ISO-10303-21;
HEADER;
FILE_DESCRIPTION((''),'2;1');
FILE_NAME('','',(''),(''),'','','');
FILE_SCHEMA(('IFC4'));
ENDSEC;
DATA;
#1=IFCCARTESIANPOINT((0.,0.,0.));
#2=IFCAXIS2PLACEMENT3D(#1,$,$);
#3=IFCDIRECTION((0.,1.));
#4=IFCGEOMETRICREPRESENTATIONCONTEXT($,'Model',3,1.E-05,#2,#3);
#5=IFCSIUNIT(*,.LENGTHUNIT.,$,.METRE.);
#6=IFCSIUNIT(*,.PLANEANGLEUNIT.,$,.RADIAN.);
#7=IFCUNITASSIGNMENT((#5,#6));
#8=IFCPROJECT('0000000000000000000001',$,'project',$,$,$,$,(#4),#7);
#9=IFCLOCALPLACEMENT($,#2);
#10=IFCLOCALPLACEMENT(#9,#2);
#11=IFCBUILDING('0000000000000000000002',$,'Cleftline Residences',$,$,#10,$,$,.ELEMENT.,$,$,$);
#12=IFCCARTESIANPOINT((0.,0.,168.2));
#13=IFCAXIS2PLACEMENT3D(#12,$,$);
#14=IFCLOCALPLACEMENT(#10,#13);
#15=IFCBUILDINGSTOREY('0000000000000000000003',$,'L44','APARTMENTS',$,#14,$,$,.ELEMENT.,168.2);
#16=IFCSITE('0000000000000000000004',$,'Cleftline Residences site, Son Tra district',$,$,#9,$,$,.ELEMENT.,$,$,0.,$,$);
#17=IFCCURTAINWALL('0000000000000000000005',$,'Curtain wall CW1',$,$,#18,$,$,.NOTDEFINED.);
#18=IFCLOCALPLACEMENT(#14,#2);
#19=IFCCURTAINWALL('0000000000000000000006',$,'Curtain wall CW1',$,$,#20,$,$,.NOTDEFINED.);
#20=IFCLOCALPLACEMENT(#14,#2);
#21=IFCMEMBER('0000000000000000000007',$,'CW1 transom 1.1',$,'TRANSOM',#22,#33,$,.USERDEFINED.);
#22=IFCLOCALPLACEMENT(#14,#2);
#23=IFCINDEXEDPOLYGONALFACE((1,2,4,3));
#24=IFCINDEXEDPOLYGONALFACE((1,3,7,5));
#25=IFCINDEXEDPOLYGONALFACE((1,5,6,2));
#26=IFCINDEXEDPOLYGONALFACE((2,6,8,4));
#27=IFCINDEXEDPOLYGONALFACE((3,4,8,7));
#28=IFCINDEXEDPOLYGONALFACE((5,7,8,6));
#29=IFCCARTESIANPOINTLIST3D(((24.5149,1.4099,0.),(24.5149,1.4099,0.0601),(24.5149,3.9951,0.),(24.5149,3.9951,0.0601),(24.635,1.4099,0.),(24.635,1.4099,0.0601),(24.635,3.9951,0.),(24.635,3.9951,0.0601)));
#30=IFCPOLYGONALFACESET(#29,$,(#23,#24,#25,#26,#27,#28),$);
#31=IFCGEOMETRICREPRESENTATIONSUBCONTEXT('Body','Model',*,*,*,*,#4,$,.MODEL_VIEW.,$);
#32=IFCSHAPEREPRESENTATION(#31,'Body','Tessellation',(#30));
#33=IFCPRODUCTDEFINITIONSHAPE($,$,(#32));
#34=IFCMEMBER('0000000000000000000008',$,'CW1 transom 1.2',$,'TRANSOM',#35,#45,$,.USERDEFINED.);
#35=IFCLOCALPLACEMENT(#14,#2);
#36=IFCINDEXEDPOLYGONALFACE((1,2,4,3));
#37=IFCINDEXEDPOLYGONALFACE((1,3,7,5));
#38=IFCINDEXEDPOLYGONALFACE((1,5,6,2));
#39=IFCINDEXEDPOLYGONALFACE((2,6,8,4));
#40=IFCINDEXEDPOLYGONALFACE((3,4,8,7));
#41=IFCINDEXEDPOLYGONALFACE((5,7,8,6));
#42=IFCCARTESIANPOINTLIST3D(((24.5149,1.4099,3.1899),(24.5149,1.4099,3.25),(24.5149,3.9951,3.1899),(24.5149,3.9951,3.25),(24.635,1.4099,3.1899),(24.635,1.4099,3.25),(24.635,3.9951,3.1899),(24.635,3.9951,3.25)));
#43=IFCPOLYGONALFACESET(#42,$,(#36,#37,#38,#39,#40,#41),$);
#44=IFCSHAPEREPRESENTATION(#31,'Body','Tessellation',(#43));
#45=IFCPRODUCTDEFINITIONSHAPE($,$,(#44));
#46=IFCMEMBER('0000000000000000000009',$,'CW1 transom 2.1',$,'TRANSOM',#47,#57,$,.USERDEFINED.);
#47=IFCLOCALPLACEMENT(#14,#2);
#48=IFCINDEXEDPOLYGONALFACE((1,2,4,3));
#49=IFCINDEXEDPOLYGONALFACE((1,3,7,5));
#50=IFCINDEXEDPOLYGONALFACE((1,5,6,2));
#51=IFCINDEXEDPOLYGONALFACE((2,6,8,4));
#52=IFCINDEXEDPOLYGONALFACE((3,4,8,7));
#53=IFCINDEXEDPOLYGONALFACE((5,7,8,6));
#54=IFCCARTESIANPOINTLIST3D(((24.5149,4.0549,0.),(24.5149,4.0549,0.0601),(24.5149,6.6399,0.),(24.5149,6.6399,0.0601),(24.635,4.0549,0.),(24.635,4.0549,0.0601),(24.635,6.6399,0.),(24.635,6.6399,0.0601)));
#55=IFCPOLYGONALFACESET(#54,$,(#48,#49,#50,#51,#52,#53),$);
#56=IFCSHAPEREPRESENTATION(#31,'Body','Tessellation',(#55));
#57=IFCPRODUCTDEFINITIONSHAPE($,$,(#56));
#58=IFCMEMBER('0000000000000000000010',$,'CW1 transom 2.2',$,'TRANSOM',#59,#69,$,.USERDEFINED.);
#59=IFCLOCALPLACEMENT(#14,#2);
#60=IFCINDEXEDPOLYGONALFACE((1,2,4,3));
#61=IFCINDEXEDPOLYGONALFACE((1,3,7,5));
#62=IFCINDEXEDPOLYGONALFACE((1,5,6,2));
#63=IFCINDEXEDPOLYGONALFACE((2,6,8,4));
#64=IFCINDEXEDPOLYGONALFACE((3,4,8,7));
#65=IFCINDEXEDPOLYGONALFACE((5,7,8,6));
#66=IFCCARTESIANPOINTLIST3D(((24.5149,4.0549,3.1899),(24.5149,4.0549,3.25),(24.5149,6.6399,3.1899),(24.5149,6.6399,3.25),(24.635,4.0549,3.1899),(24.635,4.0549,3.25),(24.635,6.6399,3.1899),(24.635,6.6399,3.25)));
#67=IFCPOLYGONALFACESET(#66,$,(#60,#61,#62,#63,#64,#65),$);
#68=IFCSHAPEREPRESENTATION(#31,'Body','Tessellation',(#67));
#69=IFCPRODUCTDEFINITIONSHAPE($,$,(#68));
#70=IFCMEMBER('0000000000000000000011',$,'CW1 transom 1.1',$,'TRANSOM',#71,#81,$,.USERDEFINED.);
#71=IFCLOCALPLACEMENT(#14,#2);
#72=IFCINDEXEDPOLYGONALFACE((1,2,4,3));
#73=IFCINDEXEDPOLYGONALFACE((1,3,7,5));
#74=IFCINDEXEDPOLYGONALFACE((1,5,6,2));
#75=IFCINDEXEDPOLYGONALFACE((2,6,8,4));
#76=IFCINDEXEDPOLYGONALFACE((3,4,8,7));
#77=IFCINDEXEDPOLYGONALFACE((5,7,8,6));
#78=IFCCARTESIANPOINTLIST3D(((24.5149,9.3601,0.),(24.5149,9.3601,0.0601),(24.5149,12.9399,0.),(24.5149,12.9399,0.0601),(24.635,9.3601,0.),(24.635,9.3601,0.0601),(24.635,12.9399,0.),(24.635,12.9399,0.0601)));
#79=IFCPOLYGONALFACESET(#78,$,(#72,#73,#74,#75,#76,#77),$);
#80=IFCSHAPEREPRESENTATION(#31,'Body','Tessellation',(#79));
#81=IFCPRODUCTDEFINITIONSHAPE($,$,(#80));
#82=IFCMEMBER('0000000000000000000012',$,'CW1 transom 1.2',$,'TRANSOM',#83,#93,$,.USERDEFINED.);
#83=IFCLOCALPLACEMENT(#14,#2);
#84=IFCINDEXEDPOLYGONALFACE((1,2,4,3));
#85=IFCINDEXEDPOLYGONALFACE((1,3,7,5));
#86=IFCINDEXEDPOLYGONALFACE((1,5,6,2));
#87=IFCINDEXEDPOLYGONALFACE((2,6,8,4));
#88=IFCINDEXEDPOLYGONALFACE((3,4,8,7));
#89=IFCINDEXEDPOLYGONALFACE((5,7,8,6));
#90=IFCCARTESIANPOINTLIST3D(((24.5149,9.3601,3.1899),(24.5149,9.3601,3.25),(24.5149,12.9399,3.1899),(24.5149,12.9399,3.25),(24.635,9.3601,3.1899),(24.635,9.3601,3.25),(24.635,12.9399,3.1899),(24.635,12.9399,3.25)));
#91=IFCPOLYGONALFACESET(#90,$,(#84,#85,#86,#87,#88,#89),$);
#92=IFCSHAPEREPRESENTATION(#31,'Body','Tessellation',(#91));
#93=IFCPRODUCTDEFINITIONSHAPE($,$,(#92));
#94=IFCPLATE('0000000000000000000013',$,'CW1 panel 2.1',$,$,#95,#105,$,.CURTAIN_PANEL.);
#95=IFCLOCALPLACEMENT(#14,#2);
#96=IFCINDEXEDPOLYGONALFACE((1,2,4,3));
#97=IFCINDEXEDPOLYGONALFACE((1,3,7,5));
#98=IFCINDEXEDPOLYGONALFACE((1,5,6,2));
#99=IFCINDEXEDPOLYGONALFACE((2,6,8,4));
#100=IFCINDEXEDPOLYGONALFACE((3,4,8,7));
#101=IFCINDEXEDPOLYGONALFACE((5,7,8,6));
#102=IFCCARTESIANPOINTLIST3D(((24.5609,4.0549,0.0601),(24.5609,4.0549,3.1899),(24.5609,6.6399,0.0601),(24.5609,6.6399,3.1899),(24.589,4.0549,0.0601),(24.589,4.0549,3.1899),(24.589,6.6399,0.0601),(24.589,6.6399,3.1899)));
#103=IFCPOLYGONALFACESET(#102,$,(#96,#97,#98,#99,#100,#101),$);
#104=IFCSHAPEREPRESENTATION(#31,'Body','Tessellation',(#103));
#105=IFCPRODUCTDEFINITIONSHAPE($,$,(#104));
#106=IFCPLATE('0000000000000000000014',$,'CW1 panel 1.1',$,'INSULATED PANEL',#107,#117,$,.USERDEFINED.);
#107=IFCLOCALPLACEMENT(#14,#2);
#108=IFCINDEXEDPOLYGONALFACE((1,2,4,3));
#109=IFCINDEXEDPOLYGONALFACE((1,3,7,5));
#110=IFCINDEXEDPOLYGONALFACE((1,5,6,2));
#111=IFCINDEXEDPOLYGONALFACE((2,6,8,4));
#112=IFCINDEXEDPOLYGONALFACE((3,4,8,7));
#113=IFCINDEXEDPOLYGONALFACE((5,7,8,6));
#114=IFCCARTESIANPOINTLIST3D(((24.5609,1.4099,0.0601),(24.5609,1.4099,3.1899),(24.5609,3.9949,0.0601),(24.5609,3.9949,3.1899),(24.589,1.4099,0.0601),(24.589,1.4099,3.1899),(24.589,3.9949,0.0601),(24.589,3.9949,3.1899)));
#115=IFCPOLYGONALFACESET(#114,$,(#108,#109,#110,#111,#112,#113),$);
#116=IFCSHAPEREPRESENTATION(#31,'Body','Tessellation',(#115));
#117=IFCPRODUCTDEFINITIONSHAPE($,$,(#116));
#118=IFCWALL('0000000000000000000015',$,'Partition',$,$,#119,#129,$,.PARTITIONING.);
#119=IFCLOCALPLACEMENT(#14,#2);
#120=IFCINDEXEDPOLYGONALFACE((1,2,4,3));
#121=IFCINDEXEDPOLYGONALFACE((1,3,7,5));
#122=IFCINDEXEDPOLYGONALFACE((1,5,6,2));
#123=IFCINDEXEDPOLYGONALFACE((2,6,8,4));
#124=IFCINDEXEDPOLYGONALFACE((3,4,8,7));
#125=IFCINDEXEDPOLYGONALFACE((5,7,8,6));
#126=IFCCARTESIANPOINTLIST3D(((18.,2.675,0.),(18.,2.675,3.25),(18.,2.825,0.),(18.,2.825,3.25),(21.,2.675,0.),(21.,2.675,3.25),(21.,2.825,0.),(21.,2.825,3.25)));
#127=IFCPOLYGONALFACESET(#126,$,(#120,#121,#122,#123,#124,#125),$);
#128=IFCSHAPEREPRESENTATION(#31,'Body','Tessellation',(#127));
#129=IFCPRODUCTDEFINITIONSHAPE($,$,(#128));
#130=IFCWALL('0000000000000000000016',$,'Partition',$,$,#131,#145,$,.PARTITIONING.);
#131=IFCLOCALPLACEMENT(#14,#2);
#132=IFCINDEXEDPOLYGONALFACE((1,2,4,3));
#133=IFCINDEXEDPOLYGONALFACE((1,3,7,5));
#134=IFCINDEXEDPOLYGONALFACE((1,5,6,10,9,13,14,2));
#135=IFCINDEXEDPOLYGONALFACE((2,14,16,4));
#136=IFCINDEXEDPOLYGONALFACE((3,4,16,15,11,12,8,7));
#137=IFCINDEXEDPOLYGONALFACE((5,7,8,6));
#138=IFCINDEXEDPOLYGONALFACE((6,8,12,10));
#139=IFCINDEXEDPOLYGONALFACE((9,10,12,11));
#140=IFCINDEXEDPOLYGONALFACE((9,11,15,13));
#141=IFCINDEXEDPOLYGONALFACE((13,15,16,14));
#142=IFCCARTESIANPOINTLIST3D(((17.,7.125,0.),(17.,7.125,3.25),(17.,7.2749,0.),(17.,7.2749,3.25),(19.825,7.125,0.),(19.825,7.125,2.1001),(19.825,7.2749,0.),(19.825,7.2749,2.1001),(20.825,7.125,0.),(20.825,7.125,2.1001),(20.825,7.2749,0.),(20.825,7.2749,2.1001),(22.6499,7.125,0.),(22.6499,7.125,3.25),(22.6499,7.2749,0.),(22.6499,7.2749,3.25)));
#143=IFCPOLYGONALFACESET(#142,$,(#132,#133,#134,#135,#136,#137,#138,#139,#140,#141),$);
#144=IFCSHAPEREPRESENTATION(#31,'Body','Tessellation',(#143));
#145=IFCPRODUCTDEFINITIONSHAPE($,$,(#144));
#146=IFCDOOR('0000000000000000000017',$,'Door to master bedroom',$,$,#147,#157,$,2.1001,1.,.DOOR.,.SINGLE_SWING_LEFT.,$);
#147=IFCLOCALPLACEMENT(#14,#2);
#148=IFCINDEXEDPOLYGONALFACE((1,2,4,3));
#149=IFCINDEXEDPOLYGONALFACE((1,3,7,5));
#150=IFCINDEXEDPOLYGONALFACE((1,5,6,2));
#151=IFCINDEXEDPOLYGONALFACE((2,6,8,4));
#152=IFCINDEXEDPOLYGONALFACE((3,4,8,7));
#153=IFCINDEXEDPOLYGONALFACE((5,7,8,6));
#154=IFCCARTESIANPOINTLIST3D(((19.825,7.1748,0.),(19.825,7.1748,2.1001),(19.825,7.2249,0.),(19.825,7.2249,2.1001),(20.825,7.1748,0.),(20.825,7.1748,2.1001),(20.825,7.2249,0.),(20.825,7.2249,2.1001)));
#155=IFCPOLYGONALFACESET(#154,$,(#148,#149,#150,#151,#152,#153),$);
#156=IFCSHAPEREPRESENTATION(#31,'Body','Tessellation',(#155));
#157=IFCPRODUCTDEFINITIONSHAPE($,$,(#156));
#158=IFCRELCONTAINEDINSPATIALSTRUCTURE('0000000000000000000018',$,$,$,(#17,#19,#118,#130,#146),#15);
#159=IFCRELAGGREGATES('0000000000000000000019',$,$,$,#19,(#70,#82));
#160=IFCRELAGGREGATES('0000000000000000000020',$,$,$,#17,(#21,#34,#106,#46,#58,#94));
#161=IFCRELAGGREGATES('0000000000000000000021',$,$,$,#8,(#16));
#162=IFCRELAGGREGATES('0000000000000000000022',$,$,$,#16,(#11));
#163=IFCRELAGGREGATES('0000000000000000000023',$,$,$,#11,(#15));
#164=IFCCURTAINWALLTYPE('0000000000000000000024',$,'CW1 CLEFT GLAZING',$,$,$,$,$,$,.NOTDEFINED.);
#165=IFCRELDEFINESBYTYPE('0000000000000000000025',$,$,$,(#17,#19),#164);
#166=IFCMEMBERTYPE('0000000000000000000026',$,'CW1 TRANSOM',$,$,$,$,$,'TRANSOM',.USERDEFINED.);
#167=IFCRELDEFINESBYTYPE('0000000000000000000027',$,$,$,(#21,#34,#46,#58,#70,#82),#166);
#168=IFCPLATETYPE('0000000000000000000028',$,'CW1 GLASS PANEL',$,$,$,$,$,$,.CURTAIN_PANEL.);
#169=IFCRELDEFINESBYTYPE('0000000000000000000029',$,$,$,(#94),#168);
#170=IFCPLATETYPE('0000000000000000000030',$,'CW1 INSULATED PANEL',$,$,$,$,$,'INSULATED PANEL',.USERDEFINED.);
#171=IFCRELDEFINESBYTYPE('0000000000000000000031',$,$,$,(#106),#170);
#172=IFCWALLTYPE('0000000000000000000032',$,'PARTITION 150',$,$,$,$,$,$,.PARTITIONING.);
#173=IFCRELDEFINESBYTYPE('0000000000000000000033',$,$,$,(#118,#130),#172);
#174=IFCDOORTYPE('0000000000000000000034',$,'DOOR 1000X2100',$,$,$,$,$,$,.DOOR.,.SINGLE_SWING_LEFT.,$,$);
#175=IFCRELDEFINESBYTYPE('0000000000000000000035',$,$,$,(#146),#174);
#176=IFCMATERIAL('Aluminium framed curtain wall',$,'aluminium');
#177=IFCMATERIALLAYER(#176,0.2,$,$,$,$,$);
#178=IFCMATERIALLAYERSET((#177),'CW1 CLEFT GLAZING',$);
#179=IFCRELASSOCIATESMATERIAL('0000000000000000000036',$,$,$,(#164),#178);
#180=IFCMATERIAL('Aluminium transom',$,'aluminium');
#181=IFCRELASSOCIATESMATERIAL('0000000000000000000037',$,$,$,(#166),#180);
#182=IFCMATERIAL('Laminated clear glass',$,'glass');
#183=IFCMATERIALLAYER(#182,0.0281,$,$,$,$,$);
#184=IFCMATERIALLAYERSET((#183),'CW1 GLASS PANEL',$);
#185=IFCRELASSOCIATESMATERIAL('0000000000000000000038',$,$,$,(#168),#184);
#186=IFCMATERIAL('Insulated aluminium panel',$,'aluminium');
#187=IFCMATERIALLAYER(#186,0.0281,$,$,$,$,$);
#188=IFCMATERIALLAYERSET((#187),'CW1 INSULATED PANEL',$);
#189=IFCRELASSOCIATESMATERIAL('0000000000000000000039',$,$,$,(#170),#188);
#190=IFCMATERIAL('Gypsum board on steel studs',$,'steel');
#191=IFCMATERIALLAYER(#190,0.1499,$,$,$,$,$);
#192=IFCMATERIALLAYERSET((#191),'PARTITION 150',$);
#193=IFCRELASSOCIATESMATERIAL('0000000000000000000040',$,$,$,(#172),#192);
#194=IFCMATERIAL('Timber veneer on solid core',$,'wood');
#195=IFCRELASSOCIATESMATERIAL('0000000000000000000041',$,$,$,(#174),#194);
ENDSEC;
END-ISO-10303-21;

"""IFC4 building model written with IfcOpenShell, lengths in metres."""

from ifc_helpers import new_model, si_unit, direction, frame, frame_2d, origin, origin_2d, place, context, subcontext, project, spatial, rectangle, extrude, material, layer, layer_set, material_profile, profile_set, type_object, element, fill, aggregate, save


model = new_model("IFC4")

# Units and contexts
model_context = context("Model", 3, precision=1e-05, world=origin(), true_north=direction((0.0, 1.0)))
body_context = subcontext(model_context, "Body", "Model", "MODEL_VIEW")
ifc_project = project(units=[si_unit("LENGTHUNIT", "METRE"), si_unit("PLANEANGLEUNIT", "RADIAN")], contexts=[model_context])

# Site, building, storey
site_placement = place(None, origin())
site = spatial("IfcSite", under=ifc_project, at=site_placement, Name="Cleftline Residences site, Son Tra district", CompositionType="ELEMENT", RefElevation=0.0)
building_placement = place(site_placement, origin())
building = spatial("IfcBuilding", under=site, at=building_placement, Name="Cleftline Residences", CompositionType="ELEMENT")
storey_placement = place(building_placement, frame((0.0, 0.0, 168.2)))
storey = spatial("IfcBuildingStorey", under=building, at=storey_placement, Name="L44", Description="APARTMENTS", CompositionType="ELEMENT", Elevation=168.2)

# Curtain wall
ifc_material_1 = material(Name="Aluminium framed curtain wall", Category="aluminium")
ifc_layer_1 = layer(ifc_material_1, 0.2)
ifc_layer_set_1 = layer_set([ifc_layer_1], Name="CW1 CLEFT GLAZING")
curtain_wall_type = type_object("IfcCurtainWallType", Name="CW1 CLEFT GLAZING", PredefinedType="NOTDEFINED", material=ifc_layer_set_1)
curtain_wall_1_placement = place(storey_placement, origin())
curtain_wall_1 = element("IfcCurtainWall", 1, at=curtain_wall_1_placement, inside=storey, type_object=curtain_wall_type, Name="Curtain wall CW1", PredefinedType="NOTDEFINED")

# Curtain wall
curtain_wall_2_placement = place(storey_placement, origin())
curtain_wall_2 = element("IfcCurtainWall", 2, at=curtain_wall_2_placement, inside=storey, type_object=curtain_wall_type, Name="Curtain wall CW1", PredefinedType="NOTDEFINED")

# Members
ifc_material_2 = material(Name="Aluminium transom", Category="aluminium")
ifc_material_profile_1 = material_profile(ifc_material_2, rectangle(XDim=0.1201, YDim=0.0601, at=origin_2d()))
ifc_profile_set_1 = profile_set([ifc_material_profile_1], Name="Aluminium transom")
member_type_1 = type_object("IfcMemberType", Name="CW1 TRANSOM", ElementType="TRANSOM", PredefinedType="USERDEFINED", material=ifc_profile_set_1)
member_1_placement = place(storey_placement, frame((24.575, 1.4099, 0.03), z_axis=(0.0, 1.0, 0.0), x_axis=(-1.0, 0.0, 0.0)))
member_1 = element("IfcMember", 3, at=member_1_placement, type_object=member_type_1, Name="CW1 transom 1.1", ObjectType="TRANSOM", PredefinedType="USERDEFINED", context=body_context, shape_type="SweptSolid", body=[
    extrude(rectangle(XDim=0.1201, YDim=0.0601, at=origin_2d()), origin(), (0.0, 0.0, 1.0), 2.5852),
])
member_2_placement = place(storey_placement, frame((24.575, 1.4099, 3.22), z_axis=(0.0, 1.0, 0.0), x_axis=(-1.0, 0.0, 0.0)))
member_2 = element("IfcMember", 4, at=member_2_placement, type_object=member_type_1, Name="CW1 transom 1.2", ObjectType="TRANSOM", PredefinedType="USERDEFINED", context=body_context, shape_type="SweptSolid", body=[
    extrude(rectangle(XDim=0.1201, YDim=0.0601, at=origin_2d()), origin(), (0.0, 0.0, 1.0), 2.5852),
])
member_3_placement = place(storey_placement, frame((24.575, 4.0549, 0.03), z_axis=(0.0, 1.0, 0.0), x_axis=(-1.0, 0.0, 0.0)))
member_3 = element("IfcMember", 5, at=member_3_placement, type_object=member_type_1, Name="CW1 transom 2.1", ObjectType="TRANSOM", PredefinedType="USERDEFINED", context=body_context, shape_type="SweptSolid", body=[
    extrude(rectangle(XDim=0.1201, YDim=0.0601, at=origin_2d()), origin(), (0.0, 0.0, 1.0), 2.585),
])
member_4_placement = place(storey_placement, frame((24.575, 4.0549, 3.22), z_axis=(0.0, 1.0, 0.0), x_axis=(-1.0, 0.0, 0.0)))
member_4 = element("IfcMember", 6, at=member_4_placement, type_object=member_type_1, Name="CW1 transom 2.2", ObjectType="TRANSOM", PredefinedType="USERDEFINED", context=body_context, shape_type="SweptSolid", body=[
    extrude(rectangle(XDim=0.1201, YDim=0.0601, at=origin_2d()), origin(), (0.0, 0.0, 1.0), 2.585),
])
member_5_placement = place(storey_placement, frame((24.575, 9.3601, 0.03), z_axis=(0.0, 1.0, 0.0), x_axis=(-1.0, 0.0, 0.0)))
member_5 = element("IfcMember", 7, at=member_5_placement, type_object=member_type_1, Name="CW1 transom 1.1", ObjectType="TRANSOM", PredefinedType="USERDEFINED", context=body_context, shape_type="SweptSolid", body=[
    extrude(rectangle(XDim=0.1201, YDim=0.0601, at=origin_2d()), origin(), (0.0, 0.0, 1.0), 3.5798),
])
member_6_placement = place(storey_placement, frame((24.575, 9.3601, 3.22), z_axis=(0.0, 1.0, 0.0), x_axis=(-1.0, 0.0, 0.0)))
member_6 = element("IfcMember", 8, at=member_6_placement, type_object=member_type_1, Name="CW1 transom 1.2", ObjectType="TRANSOM", PredefinedType="USERDEFINED", context=body_context, shape_type="SweptSolid", body=[
    extrude(rectangle(XDim=0.1201, YDim=0.0601, at=origin_2d()), origin(), (0.0, 0.0, 1.0), 3.5798),
])
aggregate(curtain_wall_2, [member_5, member_6])

# Plates
ifc_material_3 = material(Name="Laminated clear glass", Category="glass")
ifc_layer_2 = layer(ifc_material_3, 0.0281)
ifc_layer_set_2 = layer_set([ifc_layer_2], Name="CW1 GLASS PANEL")
plate_type_1 = type_object("IfcPlateType", Name="CW1 GLASS PANEL", PredefinedType="CURTAIN_PANEL", material=ifc_layer_set_2)
plate_1_placement = place(storey_placement, frame((24.575, 5.3474, 0.0601), z_axis=(0.0, 0.0, 1.0), x_axis=(0.0, 1.0, 0.0)))
plate_1 = element("IfcPlate", 9, at=plate_1_placement, type_object=plate_type_1, Name="CW1 panel 2.1", PredefinedType="CURTAIN_PANEL", context=body_context, shape_type="SweptSolid", body=[
    extrude(rectangle(XDim=2.585, YDim=0.0281, at=origin_2d()), origin(), (0.0, 0.0, 1.0), 3.1299),
])
ifc_material_4 = material(Name="Insulated aluminium panel", Category="aluminium")
ifc_layer_3 = layer(ifc_material_4, 0.0281)
ifc_layer_set_3 = layer_set([ifc_layer_3], Name="CW1 INSULATED PANEL")
plate_type_2 = type_object("IfcPlateType", Name="CW1 INSULATED PANEL", ElementType="INSULATED PANEL", PredefinedType="USERDEFINED", material=ifc_layer_set_3)
plate_2_placement = place(storey_placement, frame((24.575, 2.7024, 0.0601), z_axis=(0.0, 0.0, 1.0), x_axis=(0.0, 1.0, 0.0)))
plate_2 = element("IfcPlate", 10, at=plate_2_placement, type_object=plate_type_2, Name="CW1 panel 1.1", ObjectType="INSULATED PANEL", PredefinedType="USERDEFINED", context=body_context, shape_type="SweptSolid", body=[
    extrude(rectangle(XDim=2.585, YDim=0.0281, at=origin_2d()), origin(), (0.0, 0.0, 1.0), 3.1299),
])
aggregate(curtain_wall_1, [member_1, member_2, plate_2, member_3, member_4, plate_1])

# Wall
ifc_material_5 = material(Name="Gypsum board on steel studs", Category="steel")
ifc_layer_4 = layer(ifc_material_5, 0.1499)
ifc_layer_set_4 = layer_set([ifc_layer_4], Name="PARTITION 150")
wall_type = type_object("IfcWallType", Name="PARTITION 150", PredefinedType="PARTITIONING", material=ifc_layer_set_4)
wall_1_placement = place(storey_placement, frame((18.0, 2.75, 0.0), z_axis=(0.0, 0.0, 1.0), x_axis=(1.0, 0.0, 0.0)))
element("IfcWall", 11, at=wall_1_placement, inside=storey, type_object=wall_type, Name="Partition", PredefinedType="PARTITIONING", context=body_context, shape_type="SweptSolid", body=[
    extrude(rectangle(XDim=3.0, YDim=0.1499, at=frame_2d((1.5, 0.0))), origin(), (0.0, 0.0, 1.0), 3.25),
])

# Wall, opening, door
wall_2_placement = place(storey_placement, frame((17.0, 7.2, 0.0), z_axis=(0.0, 0.0, 1.0), x_axis=(1.0, 0.0, 0.0)))
wall_2 = element("IfcWall", 12, at=wall_2_placement, inside=storey, type_object=wall_type, Name="Partition", PredefinedType="PARTITIONING", context=body_context, shape_type="SweptSolid", body=[
    extrude(rectangle(XDim=5.6499, YDim=0.1499, at=frame_2d((2.825, 0.0))), origin(), (0.0, 0.0, 1.0), 3.25),
])
opening_1_placement = place(wall_2_placement, frame((2.825, 0.0, 0.0)))
opening_1 = element("IfcOpeningElement", 13, at=opening_1_placement, cuts=wall_2, PredefinedType="OPENING", context=body_context, shape_type="SweptSolid", body=[
    extrude(rectangle(XDim=1.0, YDim=2.1001, at=frame_2d((0.5, 1.05))), frame((0.0, 0.085, 0.0), z_axis=(0.0, -1.0, 0.0), x_axis=(1.0, 0.0, 0.0)), (0.0, 0.0, 1.0), 0.1699),
])
ifc_material_6 = material(Name="Timber veneer on solid core", Category="wood")
door_type_1 = type_object("IfcDoorType", Name="DOOR 1000X2100", OperationType="SINGLE_SWING_LEFT", PredefinedType="DOOR", material=ifc_material_6)
door_1_placement = place(opening_1_placement, origin())
door_1 = element("IfcDoor", 14, at=door_1_placement, inside=storey, type_object=door_type_1, Name="Door to master bedroom", OperationType="SINGLE_SWING_LEFT", OverallHeight=2.1001, OverallWidth=1.0, PredefinedType="DOOR", context=body_context, shape_type="SweptSolid", body=[
    extrude(rectangle(XDim=1.0, YDim=2.1001, at=frame_2d((0.5, 1.05))), frame((0.0, 0.0249, 0.0), z_axis=(0.0, -1.0, 0.0), x_axis=(1.0, 0.0, 0.0)), (0.0, 0.0, 1.0), 0.05),
])
fill(opening_1, door_1)

save(model, "model.ifc")
